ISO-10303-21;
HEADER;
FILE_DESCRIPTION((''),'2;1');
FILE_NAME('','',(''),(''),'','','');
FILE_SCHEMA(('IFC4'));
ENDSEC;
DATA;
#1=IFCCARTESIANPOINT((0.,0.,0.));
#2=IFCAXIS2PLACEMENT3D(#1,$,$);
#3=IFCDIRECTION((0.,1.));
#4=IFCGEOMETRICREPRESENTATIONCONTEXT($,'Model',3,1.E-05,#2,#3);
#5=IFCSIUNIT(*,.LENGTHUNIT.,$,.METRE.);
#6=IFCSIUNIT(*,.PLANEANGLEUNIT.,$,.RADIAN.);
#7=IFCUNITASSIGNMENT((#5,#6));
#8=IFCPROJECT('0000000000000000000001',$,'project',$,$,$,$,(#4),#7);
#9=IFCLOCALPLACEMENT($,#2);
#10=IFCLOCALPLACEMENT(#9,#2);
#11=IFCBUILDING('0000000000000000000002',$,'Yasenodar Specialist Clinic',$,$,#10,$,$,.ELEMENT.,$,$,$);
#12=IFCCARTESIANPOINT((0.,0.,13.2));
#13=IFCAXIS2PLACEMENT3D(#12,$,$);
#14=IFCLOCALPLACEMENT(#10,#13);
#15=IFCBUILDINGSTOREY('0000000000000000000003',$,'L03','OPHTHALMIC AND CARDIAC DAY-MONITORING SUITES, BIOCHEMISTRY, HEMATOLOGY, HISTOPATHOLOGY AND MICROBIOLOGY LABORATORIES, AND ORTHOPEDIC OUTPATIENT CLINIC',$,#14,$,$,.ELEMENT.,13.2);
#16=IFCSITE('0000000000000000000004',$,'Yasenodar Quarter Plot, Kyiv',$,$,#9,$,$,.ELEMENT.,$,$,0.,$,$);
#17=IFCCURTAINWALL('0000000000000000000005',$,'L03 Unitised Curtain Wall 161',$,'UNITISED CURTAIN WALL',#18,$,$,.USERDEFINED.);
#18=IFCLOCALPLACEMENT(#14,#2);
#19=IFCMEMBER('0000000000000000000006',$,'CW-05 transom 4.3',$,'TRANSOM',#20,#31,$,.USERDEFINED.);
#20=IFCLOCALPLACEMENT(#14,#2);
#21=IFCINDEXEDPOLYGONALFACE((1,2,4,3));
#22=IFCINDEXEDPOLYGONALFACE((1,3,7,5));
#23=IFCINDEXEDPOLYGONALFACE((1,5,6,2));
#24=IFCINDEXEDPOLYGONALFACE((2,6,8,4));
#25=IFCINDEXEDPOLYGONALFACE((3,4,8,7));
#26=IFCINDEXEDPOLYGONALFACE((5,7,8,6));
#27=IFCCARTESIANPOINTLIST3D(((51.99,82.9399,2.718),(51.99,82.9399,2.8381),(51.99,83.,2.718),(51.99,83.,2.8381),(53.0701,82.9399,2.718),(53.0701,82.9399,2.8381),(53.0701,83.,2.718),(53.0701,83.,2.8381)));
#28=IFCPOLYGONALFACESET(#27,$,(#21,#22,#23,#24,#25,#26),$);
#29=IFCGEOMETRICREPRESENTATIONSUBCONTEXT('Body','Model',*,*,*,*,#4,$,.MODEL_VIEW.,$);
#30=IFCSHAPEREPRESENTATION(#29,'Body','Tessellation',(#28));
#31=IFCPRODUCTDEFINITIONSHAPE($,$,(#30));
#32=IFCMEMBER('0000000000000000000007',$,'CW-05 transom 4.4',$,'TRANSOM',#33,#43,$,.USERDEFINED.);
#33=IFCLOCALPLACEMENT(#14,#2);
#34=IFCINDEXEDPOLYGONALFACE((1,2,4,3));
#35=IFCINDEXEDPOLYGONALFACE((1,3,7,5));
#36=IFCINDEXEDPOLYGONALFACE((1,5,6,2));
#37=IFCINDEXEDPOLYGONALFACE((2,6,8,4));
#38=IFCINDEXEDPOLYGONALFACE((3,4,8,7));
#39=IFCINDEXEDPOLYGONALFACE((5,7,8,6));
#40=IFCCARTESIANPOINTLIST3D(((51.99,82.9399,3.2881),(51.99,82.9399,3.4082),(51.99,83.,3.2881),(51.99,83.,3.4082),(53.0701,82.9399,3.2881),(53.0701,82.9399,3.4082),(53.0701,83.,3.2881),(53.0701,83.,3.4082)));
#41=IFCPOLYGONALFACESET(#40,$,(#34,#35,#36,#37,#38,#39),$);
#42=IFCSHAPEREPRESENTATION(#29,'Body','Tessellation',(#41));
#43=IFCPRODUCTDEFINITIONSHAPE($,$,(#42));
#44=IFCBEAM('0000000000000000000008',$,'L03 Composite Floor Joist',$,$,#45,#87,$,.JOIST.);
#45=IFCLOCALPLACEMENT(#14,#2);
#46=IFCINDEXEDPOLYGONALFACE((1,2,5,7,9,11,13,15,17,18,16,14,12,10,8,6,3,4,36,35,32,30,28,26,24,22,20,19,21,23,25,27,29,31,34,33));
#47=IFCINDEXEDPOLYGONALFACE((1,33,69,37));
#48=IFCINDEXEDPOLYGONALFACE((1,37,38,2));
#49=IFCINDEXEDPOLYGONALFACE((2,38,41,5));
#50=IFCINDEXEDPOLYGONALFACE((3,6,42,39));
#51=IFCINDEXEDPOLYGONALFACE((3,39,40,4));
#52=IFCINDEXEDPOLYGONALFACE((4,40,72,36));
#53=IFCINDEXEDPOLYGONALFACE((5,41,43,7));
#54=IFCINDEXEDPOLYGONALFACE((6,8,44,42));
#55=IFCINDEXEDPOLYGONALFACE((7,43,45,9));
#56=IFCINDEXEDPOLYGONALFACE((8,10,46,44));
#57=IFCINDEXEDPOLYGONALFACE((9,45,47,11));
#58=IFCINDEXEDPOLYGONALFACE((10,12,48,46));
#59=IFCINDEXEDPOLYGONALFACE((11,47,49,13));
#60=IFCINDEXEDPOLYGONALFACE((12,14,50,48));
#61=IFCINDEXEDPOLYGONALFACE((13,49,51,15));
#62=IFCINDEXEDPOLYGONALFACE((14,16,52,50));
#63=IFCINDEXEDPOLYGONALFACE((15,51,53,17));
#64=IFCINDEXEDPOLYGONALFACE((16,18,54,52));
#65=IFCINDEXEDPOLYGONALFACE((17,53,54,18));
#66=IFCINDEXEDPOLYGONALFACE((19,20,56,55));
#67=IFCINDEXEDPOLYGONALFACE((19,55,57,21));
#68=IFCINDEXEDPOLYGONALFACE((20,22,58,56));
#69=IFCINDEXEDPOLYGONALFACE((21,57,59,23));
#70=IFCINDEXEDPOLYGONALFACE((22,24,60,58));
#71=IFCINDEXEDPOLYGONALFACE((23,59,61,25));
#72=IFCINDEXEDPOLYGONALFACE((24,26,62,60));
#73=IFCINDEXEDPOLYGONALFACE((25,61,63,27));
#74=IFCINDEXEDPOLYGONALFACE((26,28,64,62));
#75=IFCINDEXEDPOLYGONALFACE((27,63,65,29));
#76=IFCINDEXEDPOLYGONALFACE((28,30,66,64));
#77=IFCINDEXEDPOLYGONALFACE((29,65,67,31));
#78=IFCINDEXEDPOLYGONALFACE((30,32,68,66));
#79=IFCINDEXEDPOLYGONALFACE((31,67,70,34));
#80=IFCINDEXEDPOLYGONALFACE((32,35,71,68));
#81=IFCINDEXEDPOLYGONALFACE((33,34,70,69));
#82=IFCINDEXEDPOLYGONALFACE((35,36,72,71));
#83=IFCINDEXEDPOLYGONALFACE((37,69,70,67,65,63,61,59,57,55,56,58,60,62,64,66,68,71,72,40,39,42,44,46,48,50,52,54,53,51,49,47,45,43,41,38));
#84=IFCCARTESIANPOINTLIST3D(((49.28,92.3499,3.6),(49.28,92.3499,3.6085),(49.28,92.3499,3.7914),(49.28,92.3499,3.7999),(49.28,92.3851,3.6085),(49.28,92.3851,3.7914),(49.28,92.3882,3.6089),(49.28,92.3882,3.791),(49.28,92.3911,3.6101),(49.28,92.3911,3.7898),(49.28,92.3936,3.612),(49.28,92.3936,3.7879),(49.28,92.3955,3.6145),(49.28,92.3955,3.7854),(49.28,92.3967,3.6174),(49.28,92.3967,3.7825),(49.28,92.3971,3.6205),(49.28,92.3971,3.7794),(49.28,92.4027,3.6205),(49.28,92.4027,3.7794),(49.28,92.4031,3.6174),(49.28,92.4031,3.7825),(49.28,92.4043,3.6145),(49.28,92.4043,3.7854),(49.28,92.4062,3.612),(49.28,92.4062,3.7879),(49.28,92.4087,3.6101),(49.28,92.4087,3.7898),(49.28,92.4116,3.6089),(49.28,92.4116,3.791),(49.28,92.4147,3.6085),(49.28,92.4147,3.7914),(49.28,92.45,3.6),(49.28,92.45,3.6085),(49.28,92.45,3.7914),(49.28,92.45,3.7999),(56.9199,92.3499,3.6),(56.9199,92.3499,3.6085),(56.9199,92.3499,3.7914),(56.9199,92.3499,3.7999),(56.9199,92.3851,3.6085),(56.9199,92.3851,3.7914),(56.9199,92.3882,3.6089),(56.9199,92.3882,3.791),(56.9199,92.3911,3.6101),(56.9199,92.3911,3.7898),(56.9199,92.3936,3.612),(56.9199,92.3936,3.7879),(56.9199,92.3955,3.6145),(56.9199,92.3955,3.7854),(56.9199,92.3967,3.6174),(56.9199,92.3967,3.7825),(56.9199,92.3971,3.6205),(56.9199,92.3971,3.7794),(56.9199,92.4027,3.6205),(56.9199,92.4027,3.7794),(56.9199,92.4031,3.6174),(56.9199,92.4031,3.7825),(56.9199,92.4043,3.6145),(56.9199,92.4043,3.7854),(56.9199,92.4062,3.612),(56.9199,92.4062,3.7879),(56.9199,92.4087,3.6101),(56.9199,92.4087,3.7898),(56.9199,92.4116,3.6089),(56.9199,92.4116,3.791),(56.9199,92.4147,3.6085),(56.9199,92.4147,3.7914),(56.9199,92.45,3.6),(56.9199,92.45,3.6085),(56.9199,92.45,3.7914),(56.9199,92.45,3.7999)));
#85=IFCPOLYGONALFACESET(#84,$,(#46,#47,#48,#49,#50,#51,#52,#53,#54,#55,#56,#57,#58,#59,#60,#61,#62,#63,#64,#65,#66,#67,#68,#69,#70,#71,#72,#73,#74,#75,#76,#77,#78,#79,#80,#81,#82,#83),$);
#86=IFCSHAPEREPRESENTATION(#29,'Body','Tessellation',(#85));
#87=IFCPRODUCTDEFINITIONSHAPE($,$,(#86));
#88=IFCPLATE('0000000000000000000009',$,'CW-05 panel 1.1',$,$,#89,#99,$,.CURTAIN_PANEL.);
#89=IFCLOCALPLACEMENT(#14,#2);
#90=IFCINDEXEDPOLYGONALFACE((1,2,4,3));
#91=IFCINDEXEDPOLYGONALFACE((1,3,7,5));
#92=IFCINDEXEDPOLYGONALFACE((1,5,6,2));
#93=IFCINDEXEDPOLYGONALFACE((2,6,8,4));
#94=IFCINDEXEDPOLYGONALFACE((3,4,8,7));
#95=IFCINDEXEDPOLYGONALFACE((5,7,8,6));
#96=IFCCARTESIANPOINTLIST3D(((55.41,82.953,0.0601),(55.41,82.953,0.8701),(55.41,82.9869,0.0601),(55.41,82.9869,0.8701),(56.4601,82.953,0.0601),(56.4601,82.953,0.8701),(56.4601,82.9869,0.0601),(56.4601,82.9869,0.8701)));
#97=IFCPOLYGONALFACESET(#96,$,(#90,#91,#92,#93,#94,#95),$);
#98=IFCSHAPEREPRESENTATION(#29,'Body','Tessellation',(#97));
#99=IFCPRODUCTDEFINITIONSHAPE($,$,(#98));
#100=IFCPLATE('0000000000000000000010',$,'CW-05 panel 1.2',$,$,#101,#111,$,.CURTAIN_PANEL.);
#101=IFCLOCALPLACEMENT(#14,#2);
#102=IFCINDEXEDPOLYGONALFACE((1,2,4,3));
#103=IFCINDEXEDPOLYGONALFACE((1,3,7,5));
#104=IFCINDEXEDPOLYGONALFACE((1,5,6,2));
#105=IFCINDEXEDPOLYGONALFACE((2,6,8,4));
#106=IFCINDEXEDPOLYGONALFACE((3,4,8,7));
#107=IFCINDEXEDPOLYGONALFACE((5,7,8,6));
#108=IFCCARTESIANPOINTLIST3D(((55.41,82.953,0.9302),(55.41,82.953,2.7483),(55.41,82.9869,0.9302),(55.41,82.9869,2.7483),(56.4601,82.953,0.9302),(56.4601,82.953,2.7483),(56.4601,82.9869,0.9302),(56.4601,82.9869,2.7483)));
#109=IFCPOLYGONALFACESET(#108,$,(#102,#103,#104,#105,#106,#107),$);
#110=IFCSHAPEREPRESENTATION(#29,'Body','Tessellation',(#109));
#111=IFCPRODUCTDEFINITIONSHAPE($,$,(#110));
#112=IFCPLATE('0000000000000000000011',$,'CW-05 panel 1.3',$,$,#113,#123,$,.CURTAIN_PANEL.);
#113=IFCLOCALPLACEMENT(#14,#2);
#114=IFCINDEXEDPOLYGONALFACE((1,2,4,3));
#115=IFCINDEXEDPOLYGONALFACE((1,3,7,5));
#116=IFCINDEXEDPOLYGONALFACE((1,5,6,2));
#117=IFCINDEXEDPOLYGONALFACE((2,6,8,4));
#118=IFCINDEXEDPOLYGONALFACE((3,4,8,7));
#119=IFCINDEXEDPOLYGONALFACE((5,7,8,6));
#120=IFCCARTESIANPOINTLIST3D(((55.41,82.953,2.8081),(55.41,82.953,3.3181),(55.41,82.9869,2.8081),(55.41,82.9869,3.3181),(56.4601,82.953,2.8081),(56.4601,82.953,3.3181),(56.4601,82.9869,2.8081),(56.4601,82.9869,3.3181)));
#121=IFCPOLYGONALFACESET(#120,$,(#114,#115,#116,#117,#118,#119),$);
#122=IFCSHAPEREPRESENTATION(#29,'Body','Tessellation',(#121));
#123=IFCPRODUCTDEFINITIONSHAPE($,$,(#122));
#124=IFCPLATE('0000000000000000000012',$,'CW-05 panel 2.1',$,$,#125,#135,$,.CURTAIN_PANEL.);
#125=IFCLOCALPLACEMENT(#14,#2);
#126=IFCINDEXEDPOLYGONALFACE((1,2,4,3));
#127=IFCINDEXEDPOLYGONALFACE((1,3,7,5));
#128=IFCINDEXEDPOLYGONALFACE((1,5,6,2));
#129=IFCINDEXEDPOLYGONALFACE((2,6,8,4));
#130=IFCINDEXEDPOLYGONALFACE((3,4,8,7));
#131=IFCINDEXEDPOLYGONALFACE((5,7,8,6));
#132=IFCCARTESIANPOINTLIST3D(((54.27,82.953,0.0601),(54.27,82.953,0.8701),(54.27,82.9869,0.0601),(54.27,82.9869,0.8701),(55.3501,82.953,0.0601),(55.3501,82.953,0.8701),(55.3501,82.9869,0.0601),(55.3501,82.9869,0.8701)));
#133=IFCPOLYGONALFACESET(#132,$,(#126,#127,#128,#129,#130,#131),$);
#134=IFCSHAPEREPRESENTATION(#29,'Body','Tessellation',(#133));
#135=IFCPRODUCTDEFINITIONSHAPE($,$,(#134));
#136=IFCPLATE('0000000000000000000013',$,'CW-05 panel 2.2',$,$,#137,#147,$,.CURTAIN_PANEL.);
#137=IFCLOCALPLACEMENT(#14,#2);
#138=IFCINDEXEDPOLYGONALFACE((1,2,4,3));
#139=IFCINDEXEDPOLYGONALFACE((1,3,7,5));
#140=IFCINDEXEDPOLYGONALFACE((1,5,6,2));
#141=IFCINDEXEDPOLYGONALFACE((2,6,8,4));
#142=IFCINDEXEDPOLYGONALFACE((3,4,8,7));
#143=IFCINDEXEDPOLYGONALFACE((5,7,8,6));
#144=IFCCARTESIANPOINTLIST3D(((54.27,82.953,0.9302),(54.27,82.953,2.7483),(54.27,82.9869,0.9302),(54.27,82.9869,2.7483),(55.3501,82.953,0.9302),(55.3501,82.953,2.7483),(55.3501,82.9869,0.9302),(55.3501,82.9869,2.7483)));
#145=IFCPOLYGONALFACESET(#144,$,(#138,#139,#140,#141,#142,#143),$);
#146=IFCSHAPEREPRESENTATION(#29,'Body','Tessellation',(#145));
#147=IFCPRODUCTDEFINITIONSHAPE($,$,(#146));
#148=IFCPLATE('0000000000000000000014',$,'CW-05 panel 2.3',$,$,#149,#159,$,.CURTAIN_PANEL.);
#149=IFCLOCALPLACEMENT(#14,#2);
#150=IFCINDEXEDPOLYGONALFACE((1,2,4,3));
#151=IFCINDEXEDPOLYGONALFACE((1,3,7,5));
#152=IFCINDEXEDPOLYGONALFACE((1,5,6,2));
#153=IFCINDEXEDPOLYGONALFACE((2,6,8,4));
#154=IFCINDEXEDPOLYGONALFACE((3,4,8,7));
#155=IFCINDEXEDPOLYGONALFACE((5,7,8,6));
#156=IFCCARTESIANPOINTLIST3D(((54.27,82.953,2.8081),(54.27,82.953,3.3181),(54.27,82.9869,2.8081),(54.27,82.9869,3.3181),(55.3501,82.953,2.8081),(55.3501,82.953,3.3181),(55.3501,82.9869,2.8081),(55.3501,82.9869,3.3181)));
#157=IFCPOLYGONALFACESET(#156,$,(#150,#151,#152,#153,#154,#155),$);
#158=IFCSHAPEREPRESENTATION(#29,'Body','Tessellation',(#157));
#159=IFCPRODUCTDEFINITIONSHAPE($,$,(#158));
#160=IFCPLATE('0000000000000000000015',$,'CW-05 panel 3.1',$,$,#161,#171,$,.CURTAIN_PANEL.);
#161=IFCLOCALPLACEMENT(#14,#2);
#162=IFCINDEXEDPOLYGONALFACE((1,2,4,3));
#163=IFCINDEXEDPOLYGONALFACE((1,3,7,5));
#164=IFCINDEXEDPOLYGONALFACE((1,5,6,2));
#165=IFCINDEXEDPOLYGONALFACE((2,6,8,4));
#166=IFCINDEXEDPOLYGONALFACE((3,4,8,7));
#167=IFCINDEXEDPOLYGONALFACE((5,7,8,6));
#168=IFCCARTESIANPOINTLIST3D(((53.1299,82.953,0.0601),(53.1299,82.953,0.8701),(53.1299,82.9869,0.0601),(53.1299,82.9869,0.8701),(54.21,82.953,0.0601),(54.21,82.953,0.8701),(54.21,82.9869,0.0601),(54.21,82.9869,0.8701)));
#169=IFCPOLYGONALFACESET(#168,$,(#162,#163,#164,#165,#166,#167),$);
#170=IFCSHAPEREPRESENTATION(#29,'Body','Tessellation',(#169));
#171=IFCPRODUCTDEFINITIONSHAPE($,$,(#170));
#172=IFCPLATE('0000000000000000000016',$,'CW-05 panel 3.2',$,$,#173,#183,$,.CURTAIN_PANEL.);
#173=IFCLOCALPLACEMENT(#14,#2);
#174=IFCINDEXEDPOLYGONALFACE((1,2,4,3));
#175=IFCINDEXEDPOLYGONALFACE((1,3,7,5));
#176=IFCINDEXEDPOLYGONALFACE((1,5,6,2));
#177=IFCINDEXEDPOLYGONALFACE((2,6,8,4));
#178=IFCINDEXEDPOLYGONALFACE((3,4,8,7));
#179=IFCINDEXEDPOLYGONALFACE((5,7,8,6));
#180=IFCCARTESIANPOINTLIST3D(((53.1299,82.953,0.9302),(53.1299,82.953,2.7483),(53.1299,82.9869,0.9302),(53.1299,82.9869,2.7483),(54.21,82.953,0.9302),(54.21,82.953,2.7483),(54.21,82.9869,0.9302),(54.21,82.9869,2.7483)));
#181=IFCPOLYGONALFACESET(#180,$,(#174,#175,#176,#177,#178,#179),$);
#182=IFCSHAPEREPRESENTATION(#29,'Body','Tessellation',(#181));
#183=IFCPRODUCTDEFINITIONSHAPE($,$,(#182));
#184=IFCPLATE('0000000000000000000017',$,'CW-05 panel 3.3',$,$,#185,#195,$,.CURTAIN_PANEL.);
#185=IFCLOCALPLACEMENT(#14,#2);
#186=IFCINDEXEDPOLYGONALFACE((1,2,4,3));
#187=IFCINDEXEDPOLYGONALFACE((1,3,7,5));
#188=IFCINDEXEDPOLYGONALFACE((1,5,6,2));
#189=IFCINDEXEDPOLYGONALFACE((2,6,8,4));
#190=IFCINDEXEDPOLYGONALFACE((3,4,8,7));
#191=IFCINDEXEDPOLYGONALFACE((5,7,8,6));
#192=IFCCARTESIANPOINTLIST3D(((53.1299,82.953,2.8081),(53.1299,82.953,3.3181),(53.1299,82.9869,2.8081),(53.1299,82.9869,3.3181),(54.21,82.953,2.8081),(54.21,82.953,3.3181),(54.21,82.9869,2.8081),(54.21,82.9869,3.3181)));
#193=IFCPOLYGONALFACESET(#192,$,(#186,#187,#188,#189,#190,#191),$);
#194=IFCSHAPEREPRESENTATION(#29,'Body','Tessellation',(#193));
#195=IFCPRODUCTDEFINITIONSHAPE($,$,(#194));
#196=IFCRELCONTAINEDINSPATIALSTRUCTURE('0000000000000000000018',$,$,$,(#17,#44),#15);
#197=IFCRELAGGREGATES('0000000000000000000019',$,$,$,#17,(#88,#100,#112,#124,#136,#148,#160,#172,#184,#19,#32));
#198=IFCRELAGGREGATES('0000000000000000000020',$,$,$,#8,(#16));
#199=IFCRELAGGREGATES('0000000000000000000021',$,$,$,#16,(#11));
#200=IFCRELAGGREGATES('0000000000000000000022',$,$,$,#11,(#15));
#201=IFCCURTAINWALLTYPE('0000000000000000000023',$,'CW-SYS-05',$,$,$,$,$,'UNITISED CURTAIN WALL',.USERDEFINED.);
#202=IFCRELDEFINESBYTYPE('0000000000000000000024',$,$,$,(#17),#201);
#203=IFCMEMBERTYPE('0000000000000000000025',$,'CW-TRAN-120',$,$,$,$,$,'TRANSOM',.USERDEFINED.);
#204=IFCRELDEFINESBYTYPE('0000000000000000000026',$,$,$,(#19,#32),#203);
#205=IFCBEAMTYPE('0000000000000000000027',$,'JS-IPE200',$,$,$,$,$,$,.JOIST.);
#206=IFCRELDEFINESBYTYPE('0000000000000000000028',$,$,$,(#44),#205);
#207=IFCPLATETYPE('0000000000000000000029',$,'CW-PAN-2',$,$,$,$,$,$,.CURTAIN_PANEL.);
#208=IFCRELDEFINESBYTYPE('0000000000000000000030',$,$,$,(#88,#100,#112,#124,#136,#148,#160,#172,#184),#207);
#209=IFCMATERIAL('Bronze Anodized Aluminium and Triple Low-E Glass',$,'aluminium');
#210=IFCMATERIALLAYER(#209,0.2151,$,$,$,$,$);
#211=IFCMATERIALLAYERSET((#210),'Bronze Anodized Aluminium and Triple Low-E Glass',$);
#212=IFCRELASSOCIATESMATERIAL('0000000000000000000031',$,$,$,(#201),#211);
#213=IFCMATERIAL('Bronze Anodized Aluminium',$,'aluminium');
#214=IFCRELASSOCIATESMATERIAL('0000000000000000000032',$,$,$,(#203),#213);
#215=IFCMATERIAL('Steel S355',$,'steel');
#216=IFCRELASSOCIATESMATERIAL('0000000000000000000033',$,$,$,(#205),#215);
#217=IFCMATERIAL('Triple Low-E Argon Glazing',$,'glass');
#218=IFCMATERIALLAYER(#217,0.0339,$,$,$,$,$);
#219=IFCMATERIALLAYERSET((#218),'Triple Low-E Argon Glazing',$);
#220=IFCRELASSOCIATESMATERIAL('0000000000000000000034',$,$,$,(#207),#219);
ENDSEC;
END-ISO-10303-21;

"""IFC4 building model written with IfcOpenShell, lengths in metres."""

from ifc_helpers import new_model, si_unit, direction, frame, origin, origin_2d, place, context, subcontext, project, spatial, rectangle, i_section, extrude, material, layer, layer_set, material_profile, profile_set, type_object, element, aggregate, save


model = new_model("IFC4")

# Units and contexts
model_context = context("Model", 3, precision=1e-05, world=origin(), true_north=direction((0.0, 1.0)))
body_context = subcontext(model_context, "Body", "Model", "MODEL_VIEW")
ifc_project = project(units=[si_unit("LENGTHUNIT", "METRE"), si_unit("PLANEANGLEUNIT", "RADIAN")], contexts=[model_context])

# Site, building, storey
site_placement = place(None, origin())
site = spatial("IfcSite", under=ifc_project, at=site_placement, Name="Yasenodar Quarter Plot, Kyiv", CompositionType="ELEMENT", RefElevation=0.0)
building_placement = place(site_placement, origin())
building = spatial("IfcBuilding", under=site, at=building_placement, Name="Yasenodar Specialist Clinic", CompositionType="ELEMENT")
storey_placement = place(building_placement, frame((0.0, 0.0, 13.2)))
storey = spatial("IfcBuildingStorey", under=building, at=storey_placement, Name="L03", Description="OPHTHALMIC AND CARDIAC DAY-MONITORING SUITES, BIOCHEMISTRY, HEMATOLOGY, HISTOPATHOLOGY AND MICROBIOLOGY LABORATORIES, AND ORTHOPEDIC OUTPATIENT CLINIC", CompositionType="ELEMENT", Elevation=13.2)

# Curtain wall, members
ifc_material_1 = material(Name="Bronze Anodized Aluminium and Triple Low-E Glass", Category="aluminium")
ifc_layer_1 = layer(ifc_material_1, 0.2151)
ifc_layer_set_1 = layer_set([ifc_layer_1], Name="Bronze Anodized Aluminium and Triple Low-E Glass")
curtain_wall_type = type_object("IfcCurtainWallType", Name="CW-SYS-05", ElementType="UNITISED CURTAIN WALL", PredefinedType="USERDEFINED", material=ifc_layer_set_1)
curtain_wall_placement = place(storey_placement, origin())
curtain_wall = element("IfcCurtainWall", 1, at=curtain_wall_placement, inside=storey, type_object=curtain_wall_type, Name="L03 Unitised Curtain Wall 161", ObjectType="UNITISED CURTAIN WALL", PredefinedType="USERDEFINED")
ifc_material_2 = material(Name="Bronze Anodized Aluminium", Category="aluminium")
ifc_material_profile_1 = material_profile(ifc_material_2, rectangle(XDim=0.0601, YDim=0.1201, at=origin_2d()), Name="CW-TRAN 60x120")
ifc_profile_set_1 = profile_set([ifc_material_profile_1], Name="Bronze Anodized Aluminium")
member_type_1 = type_object("IfcMemberType", Name="CW-TRAN-120", ElementType="TRANSOM", PredefinedType="USERDEFINED", material=ifc_profile_set_1)
member_1_placement = place(storey_placement, frame((53.0701, 82.97, 2.7781), z_axis=(-1.0, 0.0, 0.0), x_axis=(0.0, -1.0, 0.0)))
member_1 = element("IfcMember", 2, at=member_1_placement, type_object=member_type_1, Name="CW-05 transom 4.3", ObjectType="TRANSOM", PredefinedType="USERDEFINED", context=body_context, shape_type="SweptSolid", body=[
    extrude(rectangle(XDim=0.0601, YDim=0.1201, at=origin_2d()), origin(), (0.0, 0.0, 1.0), 1.0801),
])
member_2_placement = place(storey_placement, frame((53.0701, 82.97, 3.3481), z_axis=(-1.0, 0.0, 0.0), x_axis=(0.0, -1.0, 0.0)))
member_2 = element("IfcMember", 3, at=member_2_placement, type_object=member_type_1, Name="CW-05 transom 4.4", ObjectType="TRANSOM", PredefinedType="USERDEFINED", context=body_context, shape_type="SweptSolid", body=[
    extrude(rectangle(XDim=0.0601, YDim=0.1201, at=origin_2d()), origin(), (0.0, 0.0, 1.0), 1.0801),
])

# Beam
ifc_material_3 = material(Name="Steel S355", Category="steel")
ifc_material_profile_2 = material_profile(ifc_material_3, i_section(OverallWidth=0.1001, OverallDepth=0.2, WebThickness=0.0056, FlangeThickness=0.0085, FilletRadius=0.012, at=origin_2d()), Name="IPE 200")
ifc_profile_set_2 = profile_set([ifc_material_profile_2], Name="Steel S355")
beam_type = type_object("IfcBeamType", Name="JS-IPE200", PredefinedType="JOIST", material=ifc_profile_set_2)
beam_placement = place(storey_placement, frame((49.28, 92.3999, 3.7), z_axis=(1.0, 0.0, 0.0), x_axis=(0.0, 1.0, 0.0)))
element("IfcBeam", 4, at=beam_placement, inside=storey, type_object=beam_type, Name="L03 Composite Floor Joist", PredefinedType="JOIST", context=body_context, shape_type="SweptSolid", body=[
    extrude(i_section(OverallWidth=0.1001, OverallDepth=0.2, WebThickness=0.0056, FlangeThickness=0.0085, FilletRadius=0.012, at=origin_2d()), origin(), (0.0, 0.0, 1.0), 7.6399),
])

# Plates
ifc_material_4 = material(Name="Triple Low-E Argon Glazing", Category="glass")
ifc_layer_2 = layer(ifc_material_4, 0.0339)
ifc_layer_set_2 = layer_set([ifc_layer_2], Name="Triple Low-E Argon Glazing")
plate_type = type_object("IfcPlateType", Name="CW-PAN-2", PredefinedType="CURTAIN_PANEL", material=ifc_layer_set_2)
plate_1_placement = place(storey_placement, frame((55.9351, 82.97, 0.0601), z_axis=(0.0, 0.0, 1.0), x_axis=(-1.0, 0.0, 0.0)))
plate_1 = element("IfcPlate", 5, at=plate_1_placement, type_object=plate_type, Name="CW-05 panel 1.1", PredefinedType="CURTAIN_PANEL", context=body_context, shape_type="SweptSolid", body=[
    extrude(rectangle(XDim=1.05, YDim=0.0339, at=origin_2d()), origin(), (0.0, 0.0, 1.0), 0.8101),
])
plate_2_placement = place(storey_placement, frame((55.9351, 82.97, 0.9302), z_axis=(0.0, 0.0, 1.0), x_axis=(-1.0, 0.0, 0.0)))
plate_2 = element("IfcPlate", 6, at=plate_2_placement, type_object=plate_type, Name="CW-05 panel 1.2", PredefinedType="CURTAIN_PANEL", context=body_context, shape_type="SweptSolid", body=[
    extrude(rectangle(XDim=1.05, YDim=0.0339, at=origin_2d()), origin(), (0.0, 0.0, 1.0), 1.8181),
])
plate_3_placement = place(storey_placement, frame((55.9351, 82.97, 2.8081), z_axis=(0.0, 0.0, 1.0), x_axis=(-1.0, 0.0, 0.0)))
plate_3 = element("IfcPlate", 7, at=plate_3_placement, type_object=plate_type, Name="CW-05 panel 1.3", PredefinedType="CURTAIN_PANEL", context=body_context, shape_type="SweptSolid", body=[
    extrude(rectangle(XDim=1.05, YDim=0.0339, at=origin_2d()), origin(), (0.0, 0.0, 1.0), 0.51),
])
plate_4_placement = place(storey_placement, frame((54.8101, 82.97, 0.0601), z_axis=(0.0, 0.0, 1.0), x_axis=(-1.0, 0.0, 0.0)))
plate_4 = element("IfcPlate", 8, at=plate_4_placement, type_object=plate_type, Name="CW-05 panel 2.1", PredefinedType="CURTAIN_PANEL", context=body_context, shape_type="SweptSolid", body=[
    extrude(rectangle(XDim=1.0801, YDim=0.0339, at=origin_2d()), origin(), (0.0, 0.0, 1.0), 0.8101),
])
plate_5_placement = place(storey_placement, frame((54.8101, 82.97, 0.9302), z_axis=(0.0, 0.0, 1.0), x_axis=(-1.0, 0.0, 0.0)))
plate_5 = element("IfcPlate", 9, at=plate_5_placement, type_object=plate_type, Name="CW-05 panel 2.2", PredefinedType="CURTAIN_PANEL", context=body_context, shape_type="SweptSolid", body=[
    extrude(rectangle(XDim=1.0801, YDim=0.0339, at=origin_2d()), origin(), (0.0, 0.0, 1.0), 1.8181),
])
plate_6_placement = place(storey_placement, frame((54.8101, 82.97, 2.8081), z_axis=(0.0, 0.0, 1.0), x_axis=(-1.0, 0.0, 0.0)))
plate_6 = element("IfcPlate", 10, at=plate_6_placement, type_object=plate_type, Name="CW-05 panel 2.3", PredefinedType="CURTAIN_PANEL", context=body_context, shape_type="SweptSolid", body=[
    extrude(rectangle(XDim=1.0801, YDim=0.0339, at=origin_2d()), origin(), (0.0, 0.0, 1.0), 0.51),
])
plate_7_placement = place(storey_placement, frame((53.6699, 82.97, 0.0601), z_axis=(0.0, 0.0, 1.0), x_axis=(-1.0, 0.0, 0.0)))
plate_7 = element("IfcPlate", 11, at=plate_7_placement, type_object=plate_type, Name="CW-05 panel 3.1", PredefinedType="CURTAIN_PANEL", context=body_context, shape_type="SweptSolid", body=[
    extrude(rectangle(XDim=1.0801, YDim=0.0339, at=origin_2d()), origin(), (0.0, 0.0, 1.0), 0.8101),
])
plate_8_placement = place(storey_placement, frame((53.6699, 82.97, 0.9302), z_axis=(0.0, 0.0, 1.0), x_axis=(-1.0, 0.0, 0.0)))
plate_8 = element("IfcPlate", 12, at=plate_8_placement, type_object=plate_type, Name="CW-05 panel 3.2", PredefinedType="CURTAIN_PANEL", context=body_context, shape_type="SweptSolid", body=[
    extrude(rectangle(XDim=1.0801, YDim=0.0339, at=origin_2d()), origin(), (0.0, 0.0, 1.0), 1.8181),
])
plate_9_placement = place(storey_placement, frame((53.6699, 82.97, 2.8081), z_axis=(0.0, 0.0, 1.0), x_axis=(-1.0, 0.0, 0.0)))
plate_9 = element("IfcPlate", 13, at=plate_9_placement, type_object=plate_type, Name="CW-05 panel 3.3", PredefinedType="CURTAIN_PANEL", context=body_context, shape_type="SweptSolid", body=[
    extrude(rectangle(XDim=1.0801, YDim=0.0339, at=origin_2d()), origin(), (0.0, 0.0, 1.0), 0.51),
])
aggregate(curtain_wall, [plate_1, plate_2, plate_3, plate_4, plate_5, plate_6, plate_7, plate_8, plate_9, member_1, member_2])

save(model, "model.ifc")
